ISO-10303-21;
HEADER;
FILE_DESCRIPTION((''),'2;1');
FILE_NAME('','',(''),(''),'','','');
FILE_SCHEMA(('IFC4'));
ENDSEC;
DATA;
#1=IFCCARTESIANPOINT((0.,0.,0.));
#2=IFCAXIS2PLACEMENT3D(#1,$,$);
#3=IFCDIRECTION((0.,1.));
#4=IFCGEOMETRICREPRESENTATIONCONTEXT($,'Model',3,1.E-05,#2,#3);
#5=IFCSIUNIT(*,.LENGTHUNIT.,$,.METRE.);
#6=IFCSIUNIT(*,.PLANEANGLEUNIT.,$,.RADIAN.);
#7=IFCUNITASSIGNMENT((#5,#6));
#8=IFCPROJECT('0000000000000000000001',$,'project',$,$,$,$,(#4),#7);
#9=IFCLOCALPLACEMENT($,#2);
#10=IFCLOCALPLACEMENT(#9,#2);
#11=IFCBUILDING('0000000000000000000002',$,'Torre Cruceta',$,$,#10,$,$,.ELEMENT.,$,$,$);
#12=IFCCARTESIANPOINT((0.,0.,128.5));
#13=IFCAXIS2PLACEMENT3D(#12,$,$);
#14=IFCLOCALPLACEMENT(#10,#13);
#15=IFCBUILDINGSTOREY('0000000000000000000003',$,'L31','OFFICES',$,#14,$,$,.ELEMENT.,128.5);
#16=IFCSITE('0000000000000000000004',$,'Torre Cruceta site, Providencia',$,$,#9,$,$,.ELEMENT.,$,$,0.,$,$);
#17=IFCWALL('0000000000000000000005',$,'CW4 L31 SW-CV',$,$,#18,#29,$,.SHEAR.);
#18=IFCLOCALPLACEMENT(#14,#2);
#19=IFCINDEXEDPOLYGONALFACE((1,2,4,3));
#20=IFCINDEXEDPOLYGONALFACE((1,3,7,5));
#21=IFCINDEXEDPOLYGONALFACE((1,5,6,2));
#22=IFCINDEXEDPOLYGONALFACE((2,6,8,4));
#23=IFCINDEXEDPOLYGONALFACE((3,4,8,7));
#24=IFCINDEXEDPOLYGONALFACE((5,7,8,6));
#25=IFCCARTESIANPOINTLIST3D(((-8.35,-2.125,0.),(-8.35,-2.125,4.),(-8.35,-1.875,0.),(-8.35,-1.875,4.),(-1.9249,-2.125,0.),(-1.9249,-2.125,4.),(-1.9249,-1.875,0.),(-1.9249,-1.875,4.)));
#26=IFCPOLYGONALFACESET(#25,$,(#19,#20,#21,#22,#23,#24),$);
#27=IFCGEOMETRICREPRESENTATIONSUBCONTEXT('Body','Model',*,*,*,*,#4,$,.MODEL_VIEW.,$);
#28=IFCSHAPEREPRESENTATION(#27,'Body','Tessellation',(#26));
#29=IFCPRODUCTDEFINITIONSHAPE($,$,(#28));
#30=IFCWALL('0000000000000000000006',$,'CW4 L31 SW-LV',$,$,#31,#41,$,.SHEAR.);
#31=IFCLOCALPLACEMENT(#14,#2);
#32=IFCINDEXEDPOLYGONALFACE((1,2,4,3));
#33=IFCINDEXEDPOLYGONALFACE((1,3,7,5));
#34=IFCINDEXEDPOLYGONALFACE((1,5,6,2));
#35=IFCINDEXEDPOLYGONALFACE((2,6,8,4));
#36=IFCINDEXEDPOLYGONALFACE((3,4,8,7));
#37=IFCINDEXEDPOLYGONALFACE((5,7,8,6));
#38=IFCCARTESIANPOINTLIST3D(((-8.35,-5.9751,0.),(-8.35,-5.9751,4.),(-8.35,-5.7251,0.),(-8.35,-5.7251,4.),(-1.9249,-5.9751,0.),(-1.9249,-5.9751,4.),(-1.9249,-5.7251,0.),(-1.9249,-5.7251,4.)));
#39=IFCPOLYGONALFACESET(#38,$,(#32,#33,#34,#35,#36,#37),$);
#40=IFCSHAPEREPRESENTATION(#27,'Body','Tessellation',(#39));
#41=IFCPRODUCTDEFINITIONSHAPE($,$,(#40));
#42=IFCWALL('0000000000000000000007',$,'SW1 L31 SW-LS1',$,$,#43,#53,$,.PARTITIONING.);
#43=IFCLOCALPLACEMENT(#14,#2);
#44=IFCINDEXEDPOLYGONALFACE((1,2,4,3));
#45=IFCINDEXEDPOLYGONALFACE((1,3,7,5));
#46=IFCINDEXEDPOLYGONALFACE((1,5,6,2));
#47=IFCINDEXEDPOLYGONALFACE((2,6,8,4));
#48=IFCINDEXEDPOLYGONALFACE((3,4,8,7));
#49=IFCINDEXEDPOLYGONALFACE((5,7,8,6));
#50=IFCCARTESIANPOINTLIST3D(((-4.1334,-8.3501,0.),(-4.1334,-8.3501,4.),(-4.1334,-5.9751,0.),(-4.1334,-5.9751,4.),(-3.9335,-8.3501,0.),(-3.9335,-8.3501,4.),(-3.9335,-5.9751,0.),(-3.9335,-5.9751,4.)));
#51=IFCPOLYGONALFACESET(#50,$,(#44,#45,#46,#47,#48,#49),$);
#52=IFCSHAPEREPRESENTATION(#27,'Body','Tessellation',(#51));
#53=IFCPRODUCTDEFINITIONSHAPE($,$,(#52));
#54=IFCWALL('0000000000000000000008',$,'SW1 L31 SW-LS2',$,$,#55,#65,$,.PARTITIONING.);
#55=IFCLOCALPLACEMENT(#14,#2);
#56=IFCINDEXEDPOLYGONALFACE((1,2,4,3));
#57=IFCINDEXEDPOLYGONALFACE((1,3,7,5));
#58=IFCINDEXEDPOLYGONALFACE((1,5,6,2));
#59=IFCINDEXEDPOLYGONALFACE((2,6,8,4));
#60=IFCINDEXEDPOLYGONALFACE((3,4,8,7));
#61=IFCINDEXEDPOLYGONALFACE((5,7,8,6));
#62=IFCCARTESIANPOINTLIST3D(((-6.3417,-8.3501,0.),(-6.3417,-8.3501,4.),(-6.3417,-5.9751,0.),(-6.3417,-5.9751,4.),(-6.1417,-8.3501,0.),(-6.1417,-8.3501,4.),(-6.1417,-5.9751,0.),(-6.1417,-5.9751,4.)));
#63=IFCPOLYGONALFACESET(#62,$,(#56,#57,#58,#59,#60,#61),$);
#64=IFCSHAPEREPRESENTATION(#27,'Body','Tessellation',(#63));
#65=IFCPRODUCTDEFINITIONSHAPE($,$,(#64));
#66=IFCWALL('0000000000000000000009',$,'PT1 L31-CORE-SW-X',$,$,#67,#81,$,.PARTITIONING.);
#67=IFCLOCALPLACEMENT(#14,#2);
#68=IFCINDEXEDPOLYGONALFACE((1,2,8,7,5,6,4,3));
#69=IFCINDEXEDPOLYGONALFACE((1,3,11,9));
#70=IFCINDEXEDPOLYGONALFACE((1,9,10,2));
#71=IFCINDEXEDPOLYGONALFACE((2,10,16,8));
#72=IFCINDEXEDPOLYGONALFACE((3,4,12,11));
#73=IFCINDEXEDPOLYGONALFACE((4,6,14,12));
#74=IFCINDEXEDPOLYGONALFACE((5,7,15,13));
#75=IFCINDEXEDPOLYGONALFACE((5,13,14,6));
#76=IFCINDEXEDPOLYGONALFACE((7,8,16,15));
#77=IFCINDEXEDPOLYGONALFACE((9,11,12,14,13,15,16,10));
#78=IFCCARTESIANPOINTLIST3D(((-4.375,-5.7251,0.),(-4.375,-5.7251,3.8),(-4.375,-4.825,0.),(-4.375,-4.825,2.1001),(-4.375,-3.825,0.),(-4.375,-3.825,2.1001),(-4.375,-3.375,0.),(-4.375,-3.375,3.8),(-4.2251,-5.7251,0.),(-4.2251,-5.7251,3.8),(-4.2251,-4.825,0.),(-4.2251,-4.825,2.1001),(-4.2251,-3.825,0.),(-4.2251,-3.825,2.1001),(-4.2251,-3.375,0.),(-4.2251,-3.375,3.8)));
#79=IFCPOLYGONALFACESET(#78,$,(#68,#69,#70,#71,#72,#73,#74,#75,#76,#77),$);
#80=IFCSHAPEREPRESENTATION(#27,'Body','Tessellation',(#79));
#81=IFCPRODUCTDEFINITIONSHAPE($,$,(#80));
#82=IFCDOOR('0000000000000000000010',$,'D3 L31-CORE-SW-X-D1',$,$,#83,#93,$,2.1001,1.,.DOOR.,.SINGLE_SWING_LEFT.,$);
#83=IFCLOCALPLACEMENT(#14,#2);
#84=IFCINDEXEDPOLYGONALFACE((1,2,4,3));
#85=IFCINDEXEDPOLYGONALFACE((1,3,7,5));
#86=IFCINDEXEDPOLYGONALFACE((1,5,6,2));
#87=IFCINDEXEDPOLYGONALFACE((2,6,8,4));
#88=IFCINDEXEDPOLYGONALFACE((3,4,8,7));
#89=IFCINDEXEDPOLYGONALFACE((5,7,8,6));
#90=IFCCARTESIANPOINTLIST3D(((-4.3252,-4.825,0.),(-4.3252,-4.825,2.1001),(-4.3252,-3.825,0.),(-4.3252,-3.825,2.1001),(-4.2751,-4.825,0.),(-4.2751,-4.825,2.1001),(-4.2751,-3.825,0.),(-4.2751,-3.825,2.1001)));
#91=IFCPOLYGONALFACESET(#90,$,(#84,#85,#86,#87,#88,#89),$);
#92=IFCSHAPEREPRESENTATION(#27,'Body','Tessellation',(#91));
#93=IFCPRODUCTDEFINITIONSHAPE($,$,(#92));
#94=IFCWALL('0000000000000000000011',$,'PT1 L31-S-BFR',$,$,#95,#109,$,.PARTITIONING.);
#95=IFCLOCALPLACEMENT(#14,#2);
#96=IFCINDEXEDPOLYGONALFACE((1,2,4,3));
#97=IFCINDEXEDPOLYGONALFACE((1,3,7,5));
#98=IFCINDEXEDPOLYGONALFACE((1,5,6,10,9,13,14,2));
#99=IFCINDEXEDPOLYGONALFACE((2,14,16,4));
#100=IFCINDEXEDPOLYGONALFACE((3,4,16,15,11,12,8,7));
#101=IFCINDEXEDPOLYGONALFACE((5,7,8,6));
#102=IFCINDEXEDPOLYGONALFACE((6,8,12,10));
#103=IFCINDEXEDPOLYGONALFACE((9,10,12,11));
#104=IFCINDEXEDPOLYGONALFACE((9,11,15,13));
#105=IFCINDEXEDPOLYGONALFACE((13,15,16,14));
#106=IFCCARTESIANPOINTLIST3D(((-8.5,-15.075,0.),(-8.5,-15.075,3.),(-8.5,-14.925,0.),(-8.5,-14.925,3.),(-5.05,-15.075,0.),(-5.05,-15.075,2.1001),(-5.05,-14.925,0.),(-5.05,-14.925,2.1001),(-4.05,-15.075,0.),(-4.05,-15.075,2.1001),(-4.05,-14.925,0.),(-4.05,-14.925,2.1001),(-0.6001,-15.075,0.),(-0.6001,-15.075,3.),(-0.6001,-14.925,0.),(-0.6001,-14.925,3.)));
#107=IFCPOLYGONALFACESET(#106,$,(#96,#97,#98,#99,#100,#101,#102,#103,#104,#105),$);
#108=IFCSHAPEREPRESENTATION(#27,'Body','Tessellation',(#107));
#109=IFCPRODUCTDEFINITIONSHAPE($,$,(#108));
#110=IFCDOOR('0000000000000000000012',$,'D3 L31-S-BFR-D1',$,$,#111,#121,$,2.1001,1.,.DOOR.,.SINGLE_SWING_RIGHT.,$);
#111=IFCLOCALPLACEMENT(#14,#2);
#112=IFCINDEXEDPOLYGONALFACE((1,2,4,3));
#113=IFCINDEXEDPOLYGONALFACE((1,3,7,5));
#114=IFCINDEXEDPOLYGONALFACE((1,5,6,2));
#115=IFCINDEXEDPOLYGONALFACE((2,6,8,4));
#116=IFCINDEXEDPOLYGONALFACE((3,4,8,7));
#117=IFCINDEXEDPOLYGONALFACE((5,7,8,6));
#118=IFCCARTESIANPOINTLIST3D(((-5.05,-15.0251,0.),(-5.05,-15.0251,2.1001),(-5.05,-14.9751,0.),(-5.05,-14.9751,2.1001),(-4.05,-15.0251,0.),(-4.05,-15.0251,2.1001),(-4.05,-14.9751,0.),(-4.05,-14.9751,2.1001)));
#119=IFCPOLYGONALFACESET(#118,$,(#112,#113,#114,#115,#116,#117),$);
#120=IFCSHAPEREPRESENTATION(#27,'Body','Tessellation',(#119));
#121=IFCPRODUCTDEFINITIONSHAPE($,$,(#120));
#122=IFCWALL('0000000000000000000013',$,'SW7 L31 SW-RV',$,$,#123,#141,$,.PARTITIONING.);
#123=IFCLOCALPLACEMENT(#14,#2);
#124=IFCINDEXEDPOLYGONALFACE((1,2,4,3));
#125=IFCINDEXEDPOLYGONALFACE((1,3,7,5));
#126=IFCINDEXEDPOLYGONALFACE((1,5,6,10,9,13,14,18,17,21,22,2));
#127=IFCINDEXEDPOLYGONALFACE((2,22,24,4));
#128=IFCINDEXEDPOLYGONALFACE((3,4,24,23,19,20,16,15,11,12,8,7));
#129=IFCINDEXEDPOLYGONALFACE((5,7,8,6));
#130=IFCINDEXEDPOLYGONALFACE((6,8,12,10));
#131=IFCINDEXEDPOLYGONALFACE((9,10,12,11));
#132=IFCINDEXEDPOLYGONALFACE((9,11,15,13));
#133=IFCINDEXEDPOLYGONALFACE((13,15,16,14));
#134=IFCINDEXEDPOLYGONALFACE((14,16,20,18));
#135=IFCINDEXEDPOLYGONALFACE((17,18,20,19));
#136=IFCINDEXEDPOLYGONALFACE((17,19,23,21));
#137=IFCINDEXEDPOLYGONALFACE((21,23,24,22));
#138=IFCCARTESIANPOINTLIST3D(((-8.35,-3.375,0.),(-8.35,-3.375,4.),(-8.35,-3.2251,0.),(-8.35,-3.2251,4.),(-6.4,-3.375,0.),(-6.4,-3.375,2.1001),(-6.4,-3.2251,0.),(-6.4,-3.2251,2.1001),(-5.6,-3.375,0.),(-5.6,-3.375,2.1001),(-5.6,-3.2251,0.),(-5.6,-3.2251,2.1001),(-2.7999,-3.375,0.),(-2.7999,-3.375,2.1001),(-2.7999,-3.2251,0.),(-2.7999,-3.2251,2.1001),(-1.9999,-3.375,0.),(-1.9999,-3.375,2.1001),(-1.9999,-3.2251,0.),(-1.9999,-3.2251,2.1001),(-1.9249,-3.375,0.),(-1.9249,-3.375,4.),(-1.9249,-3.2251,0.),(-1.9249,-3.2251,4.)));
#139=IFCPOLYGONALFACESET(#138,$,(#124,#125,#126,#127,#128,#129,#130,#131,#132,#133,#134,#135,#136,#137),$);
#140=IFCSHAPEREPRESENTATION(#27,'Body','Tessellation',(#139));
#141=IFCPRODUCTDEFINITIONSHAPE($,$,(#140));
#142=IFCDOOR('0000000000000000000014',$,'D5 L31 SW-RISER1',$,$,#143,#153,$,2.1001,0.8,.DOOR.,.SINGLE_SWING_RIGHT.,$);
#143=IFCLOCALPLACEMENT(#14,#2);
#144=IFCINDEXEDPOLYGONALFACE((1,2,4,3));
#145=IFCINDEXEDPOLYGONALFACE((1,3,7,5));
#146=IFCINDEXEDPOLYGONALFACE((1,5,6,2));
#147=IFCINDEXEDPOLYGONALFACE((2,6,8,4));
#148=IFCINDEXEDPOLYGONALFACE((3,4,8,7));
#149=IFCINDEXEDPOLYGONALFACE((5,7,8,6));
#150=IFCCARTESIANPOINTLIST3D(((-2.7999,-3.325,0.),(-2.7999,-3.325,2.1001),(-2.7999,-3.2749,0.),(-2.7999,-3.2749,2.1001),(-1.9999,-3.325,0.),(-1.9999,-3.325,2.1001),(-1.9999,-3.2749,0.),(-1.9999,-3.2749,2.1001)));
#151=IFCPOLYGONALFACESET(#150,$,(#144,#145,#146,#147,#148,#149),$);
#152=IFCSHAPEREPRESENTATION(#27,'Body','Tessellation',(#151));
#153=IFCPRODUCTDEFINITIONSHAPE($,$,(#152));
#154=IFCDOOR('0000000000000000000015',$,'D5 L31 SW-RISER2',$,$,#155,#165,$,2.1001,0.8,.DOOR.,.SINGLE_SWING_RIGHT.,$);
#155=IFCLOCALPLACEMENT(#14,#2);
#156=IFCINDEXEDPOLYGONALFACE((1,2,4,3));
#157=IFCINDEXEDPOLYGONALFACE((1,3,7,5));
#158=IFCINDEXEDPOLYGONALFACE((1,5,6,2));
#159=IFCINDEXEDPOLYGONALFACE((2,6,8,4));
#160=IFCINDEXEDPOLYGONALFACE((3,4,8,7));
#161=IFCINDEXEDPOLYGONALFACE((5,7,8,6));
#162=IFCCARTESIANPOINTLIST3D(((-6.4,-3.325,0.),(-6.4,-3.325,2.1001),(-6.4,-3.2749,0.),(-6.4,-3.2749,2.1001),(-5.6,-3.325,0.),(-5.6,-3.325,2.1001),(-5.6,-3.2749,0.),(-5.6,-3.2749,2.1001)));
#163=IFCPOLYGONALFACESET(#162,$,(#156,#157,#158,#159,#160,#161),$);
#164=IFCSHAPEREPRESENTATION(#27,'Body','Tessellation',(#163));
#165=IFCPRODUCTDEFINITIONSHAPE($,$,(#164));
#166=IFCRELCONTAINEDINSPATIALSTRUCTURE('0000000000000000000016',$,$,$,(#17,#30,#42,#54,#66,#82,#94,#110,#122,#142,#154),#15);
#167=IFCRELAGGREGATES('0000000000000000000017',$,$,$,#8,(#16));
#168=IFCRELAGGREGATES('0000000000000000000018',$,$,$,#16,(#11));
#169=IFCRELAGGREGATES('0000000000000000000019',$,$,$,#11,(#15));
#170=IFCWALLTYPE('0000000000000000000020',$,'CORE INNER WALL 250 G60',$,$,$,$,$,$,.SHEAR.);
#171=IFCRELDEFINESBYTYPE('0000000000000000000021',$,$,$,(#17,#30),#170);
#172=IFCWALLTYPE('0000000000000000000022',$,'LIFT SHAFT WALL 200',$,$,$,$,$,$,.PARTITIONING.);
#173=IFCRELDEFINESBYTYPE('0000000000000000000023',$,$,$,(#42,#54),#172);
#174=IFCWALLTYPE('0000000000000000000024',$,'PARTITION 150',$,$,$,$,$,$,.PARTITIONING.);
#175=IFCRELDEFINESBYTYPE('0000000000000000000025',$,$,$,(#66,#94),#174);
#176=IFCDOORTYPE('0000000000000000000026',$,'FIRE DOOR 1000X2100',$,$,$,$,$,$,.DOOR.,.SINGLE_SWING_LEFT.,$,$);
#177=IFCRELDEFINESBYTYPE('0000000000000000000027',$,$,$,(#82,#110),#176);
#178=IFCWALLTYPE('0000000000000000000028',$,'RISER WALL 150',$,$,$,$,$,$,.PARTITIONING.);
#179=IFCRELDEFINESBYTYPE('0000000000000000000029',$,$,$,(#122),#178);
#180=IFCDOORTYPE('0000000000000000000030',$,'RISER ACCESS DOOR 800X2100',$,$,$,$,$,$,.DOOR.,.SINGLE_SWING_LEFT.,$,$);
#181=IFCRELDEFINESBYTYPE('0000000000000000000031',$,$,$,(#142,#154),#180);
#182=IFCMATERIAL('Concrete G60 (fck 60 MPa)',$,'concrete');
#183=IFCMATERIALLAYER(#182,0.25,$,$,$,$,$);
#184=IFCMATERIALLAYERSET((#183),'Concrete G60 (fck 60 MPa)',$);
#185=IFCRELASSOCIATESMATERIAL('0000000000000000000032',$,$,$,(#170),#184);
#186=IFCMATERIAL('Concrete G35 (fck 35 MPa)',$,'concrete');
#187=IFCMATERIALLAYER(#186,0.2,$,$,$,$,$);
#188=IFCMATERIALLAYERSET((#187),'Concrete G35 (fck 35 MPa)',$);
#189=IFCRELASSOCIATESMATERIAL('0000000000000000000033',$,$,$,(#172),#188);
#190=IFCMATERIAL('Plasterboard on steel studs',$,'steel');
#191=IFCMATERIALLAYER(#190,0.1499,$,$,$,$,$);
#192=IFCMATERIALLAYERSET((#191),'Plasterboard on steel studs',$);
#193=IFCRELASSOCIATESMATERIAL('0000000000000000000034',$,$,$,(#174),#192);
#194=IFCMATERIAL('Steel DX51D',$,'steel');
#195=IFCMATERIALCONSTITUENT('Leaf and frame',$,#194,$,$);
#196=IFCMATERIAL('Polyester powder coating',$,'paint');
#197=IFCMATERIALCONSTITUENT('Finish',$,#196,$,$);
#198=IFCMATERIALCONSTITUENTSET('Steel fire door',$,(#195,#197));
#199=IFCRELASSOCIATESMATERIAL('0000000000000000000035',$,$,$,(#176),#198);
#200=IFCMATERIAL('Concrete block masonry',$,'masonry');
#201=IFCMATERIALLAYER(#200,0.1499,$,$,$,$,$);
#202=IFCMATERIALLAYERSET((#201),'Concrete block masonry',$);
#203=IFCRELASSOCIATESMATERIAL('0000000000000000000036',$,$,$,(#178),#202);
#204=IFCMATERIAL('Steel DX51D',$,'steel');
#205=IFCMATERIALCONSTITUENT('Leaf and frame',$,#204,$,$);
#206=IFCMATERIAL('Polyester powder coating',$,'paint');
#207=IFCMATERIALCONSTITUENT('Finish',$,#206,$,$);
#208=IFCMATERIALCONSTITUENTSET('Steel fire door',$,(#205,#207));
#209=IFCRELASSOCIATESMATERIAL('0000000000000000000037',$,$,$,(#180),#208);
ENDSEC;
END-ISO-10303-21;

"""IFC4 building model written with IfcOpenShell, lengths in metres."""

from ifc_helpers import new_model, si_unit, direction, frame, frame_2d, origin, place, context, subcontext, project, spatial, rectangle, extrude, material, layer, layer_set, constituent, constituent_set, type_object, element, fill, save


model = new_model("IFC4")

# Units and contexts
model_context = context("Model", 3, precision=1e-05, world=origin(), true_north=direction((0.0, 1.0)))
body_context = subcontext(model_context, "Body", "Model", "MODEL_VIEW")
ifc_project = project(units=[si_unit("LENGTHUNIT", "METRE"), si_unit("PLANEANGLEUNIT", "RADIAN")], contexts=[model_context])

# Site, building, storey
site_placement = place(None, origin())
site = spatial("IfcSite", under=ifc_project, at=site_placement, Name="Torre Cruceta site, Providencia", CompositionType="ELEMENT", RefElevation=0.0)
building_placement = place(site_placement, origin())
building = spatial("IfcBuilding", under=site, at=building_placement, Name="Torre Cruceta", CompositionType="ELEMENT")
storey_placement = place(building_placement, frame((0.0, 0.0, 128.5)))
storey = spatial("IfcBuildingStorey", under=building, at=storey_placement, Name="L31", Description="OFFICES", CompositionType="ELEMENT", Elevation=128.5)

# Shared definitions
ifc_material_1 = material(Name="Concrete G60 (fck 60 MPa)", Category="concrete")
ifc_layer_1 = layer(ifc_material_1, 0.25)
ifc_layer_set_1 = layer_set([ifc_layer_1], Name="Concrete G60 (fck 60 MPa)")
wall_type_1 = type_object("IfcWallType", Name="CORE INNER WALL 250 G60", PredefinedType="SHEAR", material=ifc_layer_set_1)

# Walls
for number, where, z_axis, x_axis, name in (
    (1, (-1.925, -2.0, 0.0), (0.0, 0.0, 1.0), (-1.0, 0.0, 0.0), "CW4 L31 SW-CV"),
    (2, (-1.925, -5.8501, 0.0), (0.0, 0.0, 1.0), (-1.0, 0.0, 0.0), "CW4 L31 SW-LV"),
):
    element("IfcWall", number, at=place(storey_placement, frame(where, z_axis=z_axis, x_axis=x_axis)), inside=storey, type_object=wall_type_1, Name=name, PredefinedType="SHEAR", context=body_context, shape_type="SweptSolid", body=[
        extrude(rectangle(XDim=6.425, YDim=0.25, at=frame_2d((3.2124, 0.0))), origin(), (0.0, 0.0, 1.0), 4.0),
    ])

# Walls
ifc_material_2 = material(Name="Concrete G35 (fck 35 MPa)", Category="concrete")
ifc_layer_2 = layer(ifc_material_2, 0.2)
ifc_layer_set_2 = layer_set([ifc_layer_2], Name="Concrete G35 (fck 35 MPa)")
wall_type_2 = type_object("IfcWallType", Name="LIFT SHAFT WALL 200", PredefinedType="PARTITIONING", material=ifc_layer_set_2)
for number, where, z_axis, x_axis, name in (
    (3, (-4.0334, -5.9751, 0.0), (0.0, 0.0, 1.0), (0.0, -1.0, 0.0), "SW1 L31 SW-LS1"),
    (4, (-6.2417, -5.9751, 0.0), (0.0, 0.0, 1.0), (0.0, -1.0, 0.0), "SW1 L31 SW-LS2"),
):
    element("IfcWall", number, at=place(storey_placement, frame(where, z_axis=z_axis, x_axis=x_axis)), inside=storey, type_object=wall_type_2, Name=name, PredefinedType="PARTITIONING", context=body_context, shape_type="SweptSolid", body=[
        extrude(rectangle(XDim=2.375, YDim=0.2, at=frame_2d((1.1875, 0.0))), origin(), (0.0, 0.0, 1.0), 4.0),
    ])

# Walls, openings, doors
ifc_material_3 = material(Name="Plasterboard on steel studs", Category="steel")
ifc_layer_3 = layer(ifc_material_3, 0.1499)
ifc_layer_set_3 = layer_set([ifc_layer_3], Name="Plasterboard on steel studs")
wall_type_3 = type_object("IfcWallType", Name="PARTITION 150", PredefinedType="PARTITIONING", material=ifc_layer_set_3)
wall_1_placement = place(storey_placement, frame((-4.3, -3.375, 0.0), z_axis=(0.0, 0.0, 1.0), x_axis=(0.0, -1.0, 0.0)))
wall_1 = element("IfcWall", 5, at=wall_1_placement, inside=storey, type_object=wall_type_3, Name="PT1 L31-CORE-SW-X", PredefinedType="PARTITIONING", context=body_context, shape_type="SweptSolid", body=[
    extrude(rectangle(XDim=2.3501, YDim=0.1499, at=frame_2d((1.175, 0.0))), origin(), (0.0, 0.0, 1.0), 3.8),
])
opening_1_placement = place(wall_1_placement, frame((0.45, 0.0, 0.0)))
opening_1 = element("IfcOpeningElement", 6, at=opening_1_placement, cuts=wall_1, PredefinedType="OPENING", context=body_context, shape_type="SweptSolid", body=[
    extrude(rectangle(XDim=1.0, YDim=2.1001, at=frame_2d((0.5, 1.05))), frame((0.0, 0.085, 0.0), z_axis=(0.0, -1.0, 0.0), x_axis=(1.0, 0.0, 0.0)), (0.0, 0.0, 1.0), 0.1699),
])
ifc_material_4 = material(Name="Steel DX51D", Category="steel")
ifc_constituent_1 = constituent(ifc_material_4, Name="Leaf and frame")
ifc_material_5 = material(Name="Polyester powder coating", Category="paint")
ifc_constituent_2 = constituent(ifc_material_5, Name="Finish")
ifc_constituent_set_1 = constituent_set(constituents=[ifc_constituent_1, ifc_constituent_2], Name="Steel fire door")
door_type_1 = type_object("IfcDoorType", Name="FIRE DOOR 1000X2100", OperationType="SINGLE_SWING_LEFT", PredefinedType="DOOR", material=ifc_constituent_set_1)
door_1_placement = place(opening_1_placement, origin())
door_1 = element("IfcDoor", 7, at=door_1_placement, inside=storey, type_object=door_type_1, Name="D3 L31-CORE-SW-X-D1", OperationType="SINGLE_SWING_LEFT", OverallHeight=2.1001, OverallWidth=1.0, PredefinedType="DOOR", context=body_context, shape_type="SweptSolid", body=[
    extrude(rectangle(XDim=1.0, YDim=2.1001, at=frame_2d((0.5, 1.05))), frame((0.0, 0.0249, 0.0), z_axis=(0.0, -1.0, 0.0), x_axis=(1.0, 0.0, 0.0)), (0.0, 0.0, 1.0), 0.05),
])
fill(opening_1, door_1)
wall_2_placement = place(storey_placement, frame((-8.5, -15.0, 0.0), z_axis=(0.0, 0.0, 1.0), x_axis=(1.0, 0.0, 0.0)))
wall_2 = element("IfcWall", 8, at=wall_2_placement, inside=storey, type_object=wall_type_3, Name="PT1 L31-S-BFR", PredefinedType="PARTITIONING", context=body_context, shape_type="SweptSolid", body=[
    extrude(rectangle(XDim=7.8999, YDim=0.1499, at=frame_2d((3.95, 0.0))), origin(), (0.0, 0.0, 1.0), 3.0),
])
opening_2_placement = place(wall_2_placement, frame((3.45, 0.0, 0.0)))
opening_2 = element("IfcOpeningElement", 9, at=opening_2_placement, cuts=wall_2, PredefinedType="OPENING", context=body_context, shape_type="SweptSolid", body=[
    extrude(rectangle(XDim=1.0, YDim=2.1001, at=frame_2d((0.5, 1.05))), frame((0.0, 0.085, 0.0), z_axis=(0.0, -1.0, 0.0), x_axis=(1.0, 0.0, 0.0)), (0.0, 0.0, 1.0), 0.1699),
])
door_2_placement = place(opening_2_placement, origin())
door_2 = element("IfcDoor", 10, at=door_2_placement, inside=storey, type_object=door_type_1, Name="D3 L31-S-BFR-D1", OperationType="SINGLE_SWING_RIGHT", OverallHeight=2.1001, OverallWidth=1.0, PredefinedType="DOOR", context=body_context, shape_type="SweptSolid", body=[
    extrude(rectangle(XDim=1.0, YDim=2.1001, at=frame_2d((0.5, 1.05))), frame((0.0, 0.0249, 0.0), z_axis=(0.0, -1.0, 0.0), x_axis=(1.0, 0.0, 0.0)), (0.0, 0.0, 1.0), 0.05),
])
fill(opening_2, door_2)

# Wall, openings, doors
ifc_material_6 = material(Name="Concrete block masonry", Category="masonry")
ifc_layer_4 = layer(ifc_material_6, 0.1499)
ifc_layer_set_4 = layer_set([ifc_layer_4], Name="Concrete block masonry")
wall_type_4 = type_object("IfcWallType", Name="RISER WALL 150", PredefinedType="PARTITIONING", material=ifc_layer_set_4)
wall_3_placement = place(storey_placement, frame((-1.925, -3.3, 0.0), z_axis=(0.0, 0.0, 1.0), x_axis=(-1.0, 0.0, 0.0)))
wall_3 = element("IfcWall", 11, at=wall_3_placement, inside=storey, type_object=wall_type_4, Name="SW7 L31 SW-RV", PredefinedType="PARTITIONING", context=body_context, shape_type="SweptSolid", body=[
    extrude(rectangle(XDim=6.425, YDim=0.1499, at=frame_2d((3.2124, 0.0))), origin(), (0.0, 0.0, 1.0), 4.0),
])
opening_3_placement = place(wall_3_placement, frame((0.075, 0.0, 0.0)))
opening_3 = element("IfcOpeningElement", 12, at=opening_3_placement, cuts=wall_3, PredefinedType="OPENING", context=body_context, shape_type="SweptSolid", body=[
    extrude(rectangle(XDim=0.8, YDim=2.1001, at=frame_2d((0.3999, 1.05))), frame((0.0, 0.085, 0.0), z_axis=(0.0, -1.0, 0.0), x_axis=(1.0, 0.0, 0.0)), (0.0, 0.0, 1.0), 0.1699),
])
opening_4_placement = place(wall_3_placement, frame((3.675, 0.0, 0.0)))
opening_4 = element("IfcOpeningElement", 13, at=opening_4_placement, cuts=wall_3, PredefinedType="OPENING", context=body_context, shape_type="SweptSolid", body=[
    extrude(rectangle(XDim=0.8, YDim=2.1001, at=frame_2d((0.3999, 1.05))), frame((0.0, 0.085, 0.0), z_axis=(0.0, -1.0, 0.0), x_axis=(1.0, 0.0, 0.0)), (0.0, 0.0, 1.0), 0.1699),
])
ifc_material_7 = material(Name="Steel DX51D", Category="steel")
ifc_constituent_3 = constituent(ifc_material_7, Name="Leaf and frame")
ifc_material_8 = material(Name="Polyester powder coating", Category="paint")
ifc_constituent_4 = constituent(ifc_material_8, Name="Finish")
ifc_constituent_set_2 = constituent_set(constituents=[ifc_constituent_3, ifc_constituent_4], Name="Steel fire door")
door_type_2 = type_object("IfcDoorType", Name="RISER ACCESS DOOR 800X2100", OperationType="SINGLE_SWING_LEFT", PredefinedType="DOOR", material=ifc_constituent_set_2)
door_3_placement = place(opening_3_placement, frame((0.8, 0.0, 0.0), z_axis=(0.0, 0.0, 1.0), x_axis=(-1.0, 0.0, 0.0)))
door_3 = element("IfcDoor", 14, at=door_3_placement, inside=storey, type_object=door_type_2, Name="D5 L31 SW-RISER1", OperationType="SINGLE_SWING_RIGHT", OverallHeight=2.1001, OverallWidth=0.8, PredefinedType="DOOR", context=body_context, shape_type="SweptSolid", body=[
    extrude(rectangle(XDim=0.8, YDim=2.1001, at=frame_2d((0.4001, 1.05))), frame((0.0, 0.0251, 0.0), z_axis=(0.0, -1.0, 0.0), x_axis=(1.0, 0.0, 0.0)), (0.0, 0.0, 1.0), 0.05),
])
fill(opening_3, door_3)
door_4_placement = place(opening_4_placement, frame((0.8, 0.0, 0.0), z_axis=(0.0, 0.0, 1.0), x_axis=(-1.0, 0.0, 0.0)))
door_4 = element("IfcDoor", 15, at=door_4_placement, inside=storey, type_object=door_type_2, Name="D5 L31 SW-RISER2", OperationType="SINGLE_SWING_RIGHT", OverallHeight=2.1001, OverallWidth=0.8, PredefinedType="DOOR", context=body_context, shape_type="SweptSolid", body=[
    extrude(rectangle(XDim=0.8, YDim=2.1001, at=frame_2d((0.4001, 1.05))), frame((0.0, 0.0251, 0.0), z_axis=(0.0, -1.0, 0.0), x_axis=(1.0, 0.0, 0.0)), (0.0, 0.0, 1.0), 0.05),
])
fill(opening_4, door_4)

save(model, "model.ifc")
